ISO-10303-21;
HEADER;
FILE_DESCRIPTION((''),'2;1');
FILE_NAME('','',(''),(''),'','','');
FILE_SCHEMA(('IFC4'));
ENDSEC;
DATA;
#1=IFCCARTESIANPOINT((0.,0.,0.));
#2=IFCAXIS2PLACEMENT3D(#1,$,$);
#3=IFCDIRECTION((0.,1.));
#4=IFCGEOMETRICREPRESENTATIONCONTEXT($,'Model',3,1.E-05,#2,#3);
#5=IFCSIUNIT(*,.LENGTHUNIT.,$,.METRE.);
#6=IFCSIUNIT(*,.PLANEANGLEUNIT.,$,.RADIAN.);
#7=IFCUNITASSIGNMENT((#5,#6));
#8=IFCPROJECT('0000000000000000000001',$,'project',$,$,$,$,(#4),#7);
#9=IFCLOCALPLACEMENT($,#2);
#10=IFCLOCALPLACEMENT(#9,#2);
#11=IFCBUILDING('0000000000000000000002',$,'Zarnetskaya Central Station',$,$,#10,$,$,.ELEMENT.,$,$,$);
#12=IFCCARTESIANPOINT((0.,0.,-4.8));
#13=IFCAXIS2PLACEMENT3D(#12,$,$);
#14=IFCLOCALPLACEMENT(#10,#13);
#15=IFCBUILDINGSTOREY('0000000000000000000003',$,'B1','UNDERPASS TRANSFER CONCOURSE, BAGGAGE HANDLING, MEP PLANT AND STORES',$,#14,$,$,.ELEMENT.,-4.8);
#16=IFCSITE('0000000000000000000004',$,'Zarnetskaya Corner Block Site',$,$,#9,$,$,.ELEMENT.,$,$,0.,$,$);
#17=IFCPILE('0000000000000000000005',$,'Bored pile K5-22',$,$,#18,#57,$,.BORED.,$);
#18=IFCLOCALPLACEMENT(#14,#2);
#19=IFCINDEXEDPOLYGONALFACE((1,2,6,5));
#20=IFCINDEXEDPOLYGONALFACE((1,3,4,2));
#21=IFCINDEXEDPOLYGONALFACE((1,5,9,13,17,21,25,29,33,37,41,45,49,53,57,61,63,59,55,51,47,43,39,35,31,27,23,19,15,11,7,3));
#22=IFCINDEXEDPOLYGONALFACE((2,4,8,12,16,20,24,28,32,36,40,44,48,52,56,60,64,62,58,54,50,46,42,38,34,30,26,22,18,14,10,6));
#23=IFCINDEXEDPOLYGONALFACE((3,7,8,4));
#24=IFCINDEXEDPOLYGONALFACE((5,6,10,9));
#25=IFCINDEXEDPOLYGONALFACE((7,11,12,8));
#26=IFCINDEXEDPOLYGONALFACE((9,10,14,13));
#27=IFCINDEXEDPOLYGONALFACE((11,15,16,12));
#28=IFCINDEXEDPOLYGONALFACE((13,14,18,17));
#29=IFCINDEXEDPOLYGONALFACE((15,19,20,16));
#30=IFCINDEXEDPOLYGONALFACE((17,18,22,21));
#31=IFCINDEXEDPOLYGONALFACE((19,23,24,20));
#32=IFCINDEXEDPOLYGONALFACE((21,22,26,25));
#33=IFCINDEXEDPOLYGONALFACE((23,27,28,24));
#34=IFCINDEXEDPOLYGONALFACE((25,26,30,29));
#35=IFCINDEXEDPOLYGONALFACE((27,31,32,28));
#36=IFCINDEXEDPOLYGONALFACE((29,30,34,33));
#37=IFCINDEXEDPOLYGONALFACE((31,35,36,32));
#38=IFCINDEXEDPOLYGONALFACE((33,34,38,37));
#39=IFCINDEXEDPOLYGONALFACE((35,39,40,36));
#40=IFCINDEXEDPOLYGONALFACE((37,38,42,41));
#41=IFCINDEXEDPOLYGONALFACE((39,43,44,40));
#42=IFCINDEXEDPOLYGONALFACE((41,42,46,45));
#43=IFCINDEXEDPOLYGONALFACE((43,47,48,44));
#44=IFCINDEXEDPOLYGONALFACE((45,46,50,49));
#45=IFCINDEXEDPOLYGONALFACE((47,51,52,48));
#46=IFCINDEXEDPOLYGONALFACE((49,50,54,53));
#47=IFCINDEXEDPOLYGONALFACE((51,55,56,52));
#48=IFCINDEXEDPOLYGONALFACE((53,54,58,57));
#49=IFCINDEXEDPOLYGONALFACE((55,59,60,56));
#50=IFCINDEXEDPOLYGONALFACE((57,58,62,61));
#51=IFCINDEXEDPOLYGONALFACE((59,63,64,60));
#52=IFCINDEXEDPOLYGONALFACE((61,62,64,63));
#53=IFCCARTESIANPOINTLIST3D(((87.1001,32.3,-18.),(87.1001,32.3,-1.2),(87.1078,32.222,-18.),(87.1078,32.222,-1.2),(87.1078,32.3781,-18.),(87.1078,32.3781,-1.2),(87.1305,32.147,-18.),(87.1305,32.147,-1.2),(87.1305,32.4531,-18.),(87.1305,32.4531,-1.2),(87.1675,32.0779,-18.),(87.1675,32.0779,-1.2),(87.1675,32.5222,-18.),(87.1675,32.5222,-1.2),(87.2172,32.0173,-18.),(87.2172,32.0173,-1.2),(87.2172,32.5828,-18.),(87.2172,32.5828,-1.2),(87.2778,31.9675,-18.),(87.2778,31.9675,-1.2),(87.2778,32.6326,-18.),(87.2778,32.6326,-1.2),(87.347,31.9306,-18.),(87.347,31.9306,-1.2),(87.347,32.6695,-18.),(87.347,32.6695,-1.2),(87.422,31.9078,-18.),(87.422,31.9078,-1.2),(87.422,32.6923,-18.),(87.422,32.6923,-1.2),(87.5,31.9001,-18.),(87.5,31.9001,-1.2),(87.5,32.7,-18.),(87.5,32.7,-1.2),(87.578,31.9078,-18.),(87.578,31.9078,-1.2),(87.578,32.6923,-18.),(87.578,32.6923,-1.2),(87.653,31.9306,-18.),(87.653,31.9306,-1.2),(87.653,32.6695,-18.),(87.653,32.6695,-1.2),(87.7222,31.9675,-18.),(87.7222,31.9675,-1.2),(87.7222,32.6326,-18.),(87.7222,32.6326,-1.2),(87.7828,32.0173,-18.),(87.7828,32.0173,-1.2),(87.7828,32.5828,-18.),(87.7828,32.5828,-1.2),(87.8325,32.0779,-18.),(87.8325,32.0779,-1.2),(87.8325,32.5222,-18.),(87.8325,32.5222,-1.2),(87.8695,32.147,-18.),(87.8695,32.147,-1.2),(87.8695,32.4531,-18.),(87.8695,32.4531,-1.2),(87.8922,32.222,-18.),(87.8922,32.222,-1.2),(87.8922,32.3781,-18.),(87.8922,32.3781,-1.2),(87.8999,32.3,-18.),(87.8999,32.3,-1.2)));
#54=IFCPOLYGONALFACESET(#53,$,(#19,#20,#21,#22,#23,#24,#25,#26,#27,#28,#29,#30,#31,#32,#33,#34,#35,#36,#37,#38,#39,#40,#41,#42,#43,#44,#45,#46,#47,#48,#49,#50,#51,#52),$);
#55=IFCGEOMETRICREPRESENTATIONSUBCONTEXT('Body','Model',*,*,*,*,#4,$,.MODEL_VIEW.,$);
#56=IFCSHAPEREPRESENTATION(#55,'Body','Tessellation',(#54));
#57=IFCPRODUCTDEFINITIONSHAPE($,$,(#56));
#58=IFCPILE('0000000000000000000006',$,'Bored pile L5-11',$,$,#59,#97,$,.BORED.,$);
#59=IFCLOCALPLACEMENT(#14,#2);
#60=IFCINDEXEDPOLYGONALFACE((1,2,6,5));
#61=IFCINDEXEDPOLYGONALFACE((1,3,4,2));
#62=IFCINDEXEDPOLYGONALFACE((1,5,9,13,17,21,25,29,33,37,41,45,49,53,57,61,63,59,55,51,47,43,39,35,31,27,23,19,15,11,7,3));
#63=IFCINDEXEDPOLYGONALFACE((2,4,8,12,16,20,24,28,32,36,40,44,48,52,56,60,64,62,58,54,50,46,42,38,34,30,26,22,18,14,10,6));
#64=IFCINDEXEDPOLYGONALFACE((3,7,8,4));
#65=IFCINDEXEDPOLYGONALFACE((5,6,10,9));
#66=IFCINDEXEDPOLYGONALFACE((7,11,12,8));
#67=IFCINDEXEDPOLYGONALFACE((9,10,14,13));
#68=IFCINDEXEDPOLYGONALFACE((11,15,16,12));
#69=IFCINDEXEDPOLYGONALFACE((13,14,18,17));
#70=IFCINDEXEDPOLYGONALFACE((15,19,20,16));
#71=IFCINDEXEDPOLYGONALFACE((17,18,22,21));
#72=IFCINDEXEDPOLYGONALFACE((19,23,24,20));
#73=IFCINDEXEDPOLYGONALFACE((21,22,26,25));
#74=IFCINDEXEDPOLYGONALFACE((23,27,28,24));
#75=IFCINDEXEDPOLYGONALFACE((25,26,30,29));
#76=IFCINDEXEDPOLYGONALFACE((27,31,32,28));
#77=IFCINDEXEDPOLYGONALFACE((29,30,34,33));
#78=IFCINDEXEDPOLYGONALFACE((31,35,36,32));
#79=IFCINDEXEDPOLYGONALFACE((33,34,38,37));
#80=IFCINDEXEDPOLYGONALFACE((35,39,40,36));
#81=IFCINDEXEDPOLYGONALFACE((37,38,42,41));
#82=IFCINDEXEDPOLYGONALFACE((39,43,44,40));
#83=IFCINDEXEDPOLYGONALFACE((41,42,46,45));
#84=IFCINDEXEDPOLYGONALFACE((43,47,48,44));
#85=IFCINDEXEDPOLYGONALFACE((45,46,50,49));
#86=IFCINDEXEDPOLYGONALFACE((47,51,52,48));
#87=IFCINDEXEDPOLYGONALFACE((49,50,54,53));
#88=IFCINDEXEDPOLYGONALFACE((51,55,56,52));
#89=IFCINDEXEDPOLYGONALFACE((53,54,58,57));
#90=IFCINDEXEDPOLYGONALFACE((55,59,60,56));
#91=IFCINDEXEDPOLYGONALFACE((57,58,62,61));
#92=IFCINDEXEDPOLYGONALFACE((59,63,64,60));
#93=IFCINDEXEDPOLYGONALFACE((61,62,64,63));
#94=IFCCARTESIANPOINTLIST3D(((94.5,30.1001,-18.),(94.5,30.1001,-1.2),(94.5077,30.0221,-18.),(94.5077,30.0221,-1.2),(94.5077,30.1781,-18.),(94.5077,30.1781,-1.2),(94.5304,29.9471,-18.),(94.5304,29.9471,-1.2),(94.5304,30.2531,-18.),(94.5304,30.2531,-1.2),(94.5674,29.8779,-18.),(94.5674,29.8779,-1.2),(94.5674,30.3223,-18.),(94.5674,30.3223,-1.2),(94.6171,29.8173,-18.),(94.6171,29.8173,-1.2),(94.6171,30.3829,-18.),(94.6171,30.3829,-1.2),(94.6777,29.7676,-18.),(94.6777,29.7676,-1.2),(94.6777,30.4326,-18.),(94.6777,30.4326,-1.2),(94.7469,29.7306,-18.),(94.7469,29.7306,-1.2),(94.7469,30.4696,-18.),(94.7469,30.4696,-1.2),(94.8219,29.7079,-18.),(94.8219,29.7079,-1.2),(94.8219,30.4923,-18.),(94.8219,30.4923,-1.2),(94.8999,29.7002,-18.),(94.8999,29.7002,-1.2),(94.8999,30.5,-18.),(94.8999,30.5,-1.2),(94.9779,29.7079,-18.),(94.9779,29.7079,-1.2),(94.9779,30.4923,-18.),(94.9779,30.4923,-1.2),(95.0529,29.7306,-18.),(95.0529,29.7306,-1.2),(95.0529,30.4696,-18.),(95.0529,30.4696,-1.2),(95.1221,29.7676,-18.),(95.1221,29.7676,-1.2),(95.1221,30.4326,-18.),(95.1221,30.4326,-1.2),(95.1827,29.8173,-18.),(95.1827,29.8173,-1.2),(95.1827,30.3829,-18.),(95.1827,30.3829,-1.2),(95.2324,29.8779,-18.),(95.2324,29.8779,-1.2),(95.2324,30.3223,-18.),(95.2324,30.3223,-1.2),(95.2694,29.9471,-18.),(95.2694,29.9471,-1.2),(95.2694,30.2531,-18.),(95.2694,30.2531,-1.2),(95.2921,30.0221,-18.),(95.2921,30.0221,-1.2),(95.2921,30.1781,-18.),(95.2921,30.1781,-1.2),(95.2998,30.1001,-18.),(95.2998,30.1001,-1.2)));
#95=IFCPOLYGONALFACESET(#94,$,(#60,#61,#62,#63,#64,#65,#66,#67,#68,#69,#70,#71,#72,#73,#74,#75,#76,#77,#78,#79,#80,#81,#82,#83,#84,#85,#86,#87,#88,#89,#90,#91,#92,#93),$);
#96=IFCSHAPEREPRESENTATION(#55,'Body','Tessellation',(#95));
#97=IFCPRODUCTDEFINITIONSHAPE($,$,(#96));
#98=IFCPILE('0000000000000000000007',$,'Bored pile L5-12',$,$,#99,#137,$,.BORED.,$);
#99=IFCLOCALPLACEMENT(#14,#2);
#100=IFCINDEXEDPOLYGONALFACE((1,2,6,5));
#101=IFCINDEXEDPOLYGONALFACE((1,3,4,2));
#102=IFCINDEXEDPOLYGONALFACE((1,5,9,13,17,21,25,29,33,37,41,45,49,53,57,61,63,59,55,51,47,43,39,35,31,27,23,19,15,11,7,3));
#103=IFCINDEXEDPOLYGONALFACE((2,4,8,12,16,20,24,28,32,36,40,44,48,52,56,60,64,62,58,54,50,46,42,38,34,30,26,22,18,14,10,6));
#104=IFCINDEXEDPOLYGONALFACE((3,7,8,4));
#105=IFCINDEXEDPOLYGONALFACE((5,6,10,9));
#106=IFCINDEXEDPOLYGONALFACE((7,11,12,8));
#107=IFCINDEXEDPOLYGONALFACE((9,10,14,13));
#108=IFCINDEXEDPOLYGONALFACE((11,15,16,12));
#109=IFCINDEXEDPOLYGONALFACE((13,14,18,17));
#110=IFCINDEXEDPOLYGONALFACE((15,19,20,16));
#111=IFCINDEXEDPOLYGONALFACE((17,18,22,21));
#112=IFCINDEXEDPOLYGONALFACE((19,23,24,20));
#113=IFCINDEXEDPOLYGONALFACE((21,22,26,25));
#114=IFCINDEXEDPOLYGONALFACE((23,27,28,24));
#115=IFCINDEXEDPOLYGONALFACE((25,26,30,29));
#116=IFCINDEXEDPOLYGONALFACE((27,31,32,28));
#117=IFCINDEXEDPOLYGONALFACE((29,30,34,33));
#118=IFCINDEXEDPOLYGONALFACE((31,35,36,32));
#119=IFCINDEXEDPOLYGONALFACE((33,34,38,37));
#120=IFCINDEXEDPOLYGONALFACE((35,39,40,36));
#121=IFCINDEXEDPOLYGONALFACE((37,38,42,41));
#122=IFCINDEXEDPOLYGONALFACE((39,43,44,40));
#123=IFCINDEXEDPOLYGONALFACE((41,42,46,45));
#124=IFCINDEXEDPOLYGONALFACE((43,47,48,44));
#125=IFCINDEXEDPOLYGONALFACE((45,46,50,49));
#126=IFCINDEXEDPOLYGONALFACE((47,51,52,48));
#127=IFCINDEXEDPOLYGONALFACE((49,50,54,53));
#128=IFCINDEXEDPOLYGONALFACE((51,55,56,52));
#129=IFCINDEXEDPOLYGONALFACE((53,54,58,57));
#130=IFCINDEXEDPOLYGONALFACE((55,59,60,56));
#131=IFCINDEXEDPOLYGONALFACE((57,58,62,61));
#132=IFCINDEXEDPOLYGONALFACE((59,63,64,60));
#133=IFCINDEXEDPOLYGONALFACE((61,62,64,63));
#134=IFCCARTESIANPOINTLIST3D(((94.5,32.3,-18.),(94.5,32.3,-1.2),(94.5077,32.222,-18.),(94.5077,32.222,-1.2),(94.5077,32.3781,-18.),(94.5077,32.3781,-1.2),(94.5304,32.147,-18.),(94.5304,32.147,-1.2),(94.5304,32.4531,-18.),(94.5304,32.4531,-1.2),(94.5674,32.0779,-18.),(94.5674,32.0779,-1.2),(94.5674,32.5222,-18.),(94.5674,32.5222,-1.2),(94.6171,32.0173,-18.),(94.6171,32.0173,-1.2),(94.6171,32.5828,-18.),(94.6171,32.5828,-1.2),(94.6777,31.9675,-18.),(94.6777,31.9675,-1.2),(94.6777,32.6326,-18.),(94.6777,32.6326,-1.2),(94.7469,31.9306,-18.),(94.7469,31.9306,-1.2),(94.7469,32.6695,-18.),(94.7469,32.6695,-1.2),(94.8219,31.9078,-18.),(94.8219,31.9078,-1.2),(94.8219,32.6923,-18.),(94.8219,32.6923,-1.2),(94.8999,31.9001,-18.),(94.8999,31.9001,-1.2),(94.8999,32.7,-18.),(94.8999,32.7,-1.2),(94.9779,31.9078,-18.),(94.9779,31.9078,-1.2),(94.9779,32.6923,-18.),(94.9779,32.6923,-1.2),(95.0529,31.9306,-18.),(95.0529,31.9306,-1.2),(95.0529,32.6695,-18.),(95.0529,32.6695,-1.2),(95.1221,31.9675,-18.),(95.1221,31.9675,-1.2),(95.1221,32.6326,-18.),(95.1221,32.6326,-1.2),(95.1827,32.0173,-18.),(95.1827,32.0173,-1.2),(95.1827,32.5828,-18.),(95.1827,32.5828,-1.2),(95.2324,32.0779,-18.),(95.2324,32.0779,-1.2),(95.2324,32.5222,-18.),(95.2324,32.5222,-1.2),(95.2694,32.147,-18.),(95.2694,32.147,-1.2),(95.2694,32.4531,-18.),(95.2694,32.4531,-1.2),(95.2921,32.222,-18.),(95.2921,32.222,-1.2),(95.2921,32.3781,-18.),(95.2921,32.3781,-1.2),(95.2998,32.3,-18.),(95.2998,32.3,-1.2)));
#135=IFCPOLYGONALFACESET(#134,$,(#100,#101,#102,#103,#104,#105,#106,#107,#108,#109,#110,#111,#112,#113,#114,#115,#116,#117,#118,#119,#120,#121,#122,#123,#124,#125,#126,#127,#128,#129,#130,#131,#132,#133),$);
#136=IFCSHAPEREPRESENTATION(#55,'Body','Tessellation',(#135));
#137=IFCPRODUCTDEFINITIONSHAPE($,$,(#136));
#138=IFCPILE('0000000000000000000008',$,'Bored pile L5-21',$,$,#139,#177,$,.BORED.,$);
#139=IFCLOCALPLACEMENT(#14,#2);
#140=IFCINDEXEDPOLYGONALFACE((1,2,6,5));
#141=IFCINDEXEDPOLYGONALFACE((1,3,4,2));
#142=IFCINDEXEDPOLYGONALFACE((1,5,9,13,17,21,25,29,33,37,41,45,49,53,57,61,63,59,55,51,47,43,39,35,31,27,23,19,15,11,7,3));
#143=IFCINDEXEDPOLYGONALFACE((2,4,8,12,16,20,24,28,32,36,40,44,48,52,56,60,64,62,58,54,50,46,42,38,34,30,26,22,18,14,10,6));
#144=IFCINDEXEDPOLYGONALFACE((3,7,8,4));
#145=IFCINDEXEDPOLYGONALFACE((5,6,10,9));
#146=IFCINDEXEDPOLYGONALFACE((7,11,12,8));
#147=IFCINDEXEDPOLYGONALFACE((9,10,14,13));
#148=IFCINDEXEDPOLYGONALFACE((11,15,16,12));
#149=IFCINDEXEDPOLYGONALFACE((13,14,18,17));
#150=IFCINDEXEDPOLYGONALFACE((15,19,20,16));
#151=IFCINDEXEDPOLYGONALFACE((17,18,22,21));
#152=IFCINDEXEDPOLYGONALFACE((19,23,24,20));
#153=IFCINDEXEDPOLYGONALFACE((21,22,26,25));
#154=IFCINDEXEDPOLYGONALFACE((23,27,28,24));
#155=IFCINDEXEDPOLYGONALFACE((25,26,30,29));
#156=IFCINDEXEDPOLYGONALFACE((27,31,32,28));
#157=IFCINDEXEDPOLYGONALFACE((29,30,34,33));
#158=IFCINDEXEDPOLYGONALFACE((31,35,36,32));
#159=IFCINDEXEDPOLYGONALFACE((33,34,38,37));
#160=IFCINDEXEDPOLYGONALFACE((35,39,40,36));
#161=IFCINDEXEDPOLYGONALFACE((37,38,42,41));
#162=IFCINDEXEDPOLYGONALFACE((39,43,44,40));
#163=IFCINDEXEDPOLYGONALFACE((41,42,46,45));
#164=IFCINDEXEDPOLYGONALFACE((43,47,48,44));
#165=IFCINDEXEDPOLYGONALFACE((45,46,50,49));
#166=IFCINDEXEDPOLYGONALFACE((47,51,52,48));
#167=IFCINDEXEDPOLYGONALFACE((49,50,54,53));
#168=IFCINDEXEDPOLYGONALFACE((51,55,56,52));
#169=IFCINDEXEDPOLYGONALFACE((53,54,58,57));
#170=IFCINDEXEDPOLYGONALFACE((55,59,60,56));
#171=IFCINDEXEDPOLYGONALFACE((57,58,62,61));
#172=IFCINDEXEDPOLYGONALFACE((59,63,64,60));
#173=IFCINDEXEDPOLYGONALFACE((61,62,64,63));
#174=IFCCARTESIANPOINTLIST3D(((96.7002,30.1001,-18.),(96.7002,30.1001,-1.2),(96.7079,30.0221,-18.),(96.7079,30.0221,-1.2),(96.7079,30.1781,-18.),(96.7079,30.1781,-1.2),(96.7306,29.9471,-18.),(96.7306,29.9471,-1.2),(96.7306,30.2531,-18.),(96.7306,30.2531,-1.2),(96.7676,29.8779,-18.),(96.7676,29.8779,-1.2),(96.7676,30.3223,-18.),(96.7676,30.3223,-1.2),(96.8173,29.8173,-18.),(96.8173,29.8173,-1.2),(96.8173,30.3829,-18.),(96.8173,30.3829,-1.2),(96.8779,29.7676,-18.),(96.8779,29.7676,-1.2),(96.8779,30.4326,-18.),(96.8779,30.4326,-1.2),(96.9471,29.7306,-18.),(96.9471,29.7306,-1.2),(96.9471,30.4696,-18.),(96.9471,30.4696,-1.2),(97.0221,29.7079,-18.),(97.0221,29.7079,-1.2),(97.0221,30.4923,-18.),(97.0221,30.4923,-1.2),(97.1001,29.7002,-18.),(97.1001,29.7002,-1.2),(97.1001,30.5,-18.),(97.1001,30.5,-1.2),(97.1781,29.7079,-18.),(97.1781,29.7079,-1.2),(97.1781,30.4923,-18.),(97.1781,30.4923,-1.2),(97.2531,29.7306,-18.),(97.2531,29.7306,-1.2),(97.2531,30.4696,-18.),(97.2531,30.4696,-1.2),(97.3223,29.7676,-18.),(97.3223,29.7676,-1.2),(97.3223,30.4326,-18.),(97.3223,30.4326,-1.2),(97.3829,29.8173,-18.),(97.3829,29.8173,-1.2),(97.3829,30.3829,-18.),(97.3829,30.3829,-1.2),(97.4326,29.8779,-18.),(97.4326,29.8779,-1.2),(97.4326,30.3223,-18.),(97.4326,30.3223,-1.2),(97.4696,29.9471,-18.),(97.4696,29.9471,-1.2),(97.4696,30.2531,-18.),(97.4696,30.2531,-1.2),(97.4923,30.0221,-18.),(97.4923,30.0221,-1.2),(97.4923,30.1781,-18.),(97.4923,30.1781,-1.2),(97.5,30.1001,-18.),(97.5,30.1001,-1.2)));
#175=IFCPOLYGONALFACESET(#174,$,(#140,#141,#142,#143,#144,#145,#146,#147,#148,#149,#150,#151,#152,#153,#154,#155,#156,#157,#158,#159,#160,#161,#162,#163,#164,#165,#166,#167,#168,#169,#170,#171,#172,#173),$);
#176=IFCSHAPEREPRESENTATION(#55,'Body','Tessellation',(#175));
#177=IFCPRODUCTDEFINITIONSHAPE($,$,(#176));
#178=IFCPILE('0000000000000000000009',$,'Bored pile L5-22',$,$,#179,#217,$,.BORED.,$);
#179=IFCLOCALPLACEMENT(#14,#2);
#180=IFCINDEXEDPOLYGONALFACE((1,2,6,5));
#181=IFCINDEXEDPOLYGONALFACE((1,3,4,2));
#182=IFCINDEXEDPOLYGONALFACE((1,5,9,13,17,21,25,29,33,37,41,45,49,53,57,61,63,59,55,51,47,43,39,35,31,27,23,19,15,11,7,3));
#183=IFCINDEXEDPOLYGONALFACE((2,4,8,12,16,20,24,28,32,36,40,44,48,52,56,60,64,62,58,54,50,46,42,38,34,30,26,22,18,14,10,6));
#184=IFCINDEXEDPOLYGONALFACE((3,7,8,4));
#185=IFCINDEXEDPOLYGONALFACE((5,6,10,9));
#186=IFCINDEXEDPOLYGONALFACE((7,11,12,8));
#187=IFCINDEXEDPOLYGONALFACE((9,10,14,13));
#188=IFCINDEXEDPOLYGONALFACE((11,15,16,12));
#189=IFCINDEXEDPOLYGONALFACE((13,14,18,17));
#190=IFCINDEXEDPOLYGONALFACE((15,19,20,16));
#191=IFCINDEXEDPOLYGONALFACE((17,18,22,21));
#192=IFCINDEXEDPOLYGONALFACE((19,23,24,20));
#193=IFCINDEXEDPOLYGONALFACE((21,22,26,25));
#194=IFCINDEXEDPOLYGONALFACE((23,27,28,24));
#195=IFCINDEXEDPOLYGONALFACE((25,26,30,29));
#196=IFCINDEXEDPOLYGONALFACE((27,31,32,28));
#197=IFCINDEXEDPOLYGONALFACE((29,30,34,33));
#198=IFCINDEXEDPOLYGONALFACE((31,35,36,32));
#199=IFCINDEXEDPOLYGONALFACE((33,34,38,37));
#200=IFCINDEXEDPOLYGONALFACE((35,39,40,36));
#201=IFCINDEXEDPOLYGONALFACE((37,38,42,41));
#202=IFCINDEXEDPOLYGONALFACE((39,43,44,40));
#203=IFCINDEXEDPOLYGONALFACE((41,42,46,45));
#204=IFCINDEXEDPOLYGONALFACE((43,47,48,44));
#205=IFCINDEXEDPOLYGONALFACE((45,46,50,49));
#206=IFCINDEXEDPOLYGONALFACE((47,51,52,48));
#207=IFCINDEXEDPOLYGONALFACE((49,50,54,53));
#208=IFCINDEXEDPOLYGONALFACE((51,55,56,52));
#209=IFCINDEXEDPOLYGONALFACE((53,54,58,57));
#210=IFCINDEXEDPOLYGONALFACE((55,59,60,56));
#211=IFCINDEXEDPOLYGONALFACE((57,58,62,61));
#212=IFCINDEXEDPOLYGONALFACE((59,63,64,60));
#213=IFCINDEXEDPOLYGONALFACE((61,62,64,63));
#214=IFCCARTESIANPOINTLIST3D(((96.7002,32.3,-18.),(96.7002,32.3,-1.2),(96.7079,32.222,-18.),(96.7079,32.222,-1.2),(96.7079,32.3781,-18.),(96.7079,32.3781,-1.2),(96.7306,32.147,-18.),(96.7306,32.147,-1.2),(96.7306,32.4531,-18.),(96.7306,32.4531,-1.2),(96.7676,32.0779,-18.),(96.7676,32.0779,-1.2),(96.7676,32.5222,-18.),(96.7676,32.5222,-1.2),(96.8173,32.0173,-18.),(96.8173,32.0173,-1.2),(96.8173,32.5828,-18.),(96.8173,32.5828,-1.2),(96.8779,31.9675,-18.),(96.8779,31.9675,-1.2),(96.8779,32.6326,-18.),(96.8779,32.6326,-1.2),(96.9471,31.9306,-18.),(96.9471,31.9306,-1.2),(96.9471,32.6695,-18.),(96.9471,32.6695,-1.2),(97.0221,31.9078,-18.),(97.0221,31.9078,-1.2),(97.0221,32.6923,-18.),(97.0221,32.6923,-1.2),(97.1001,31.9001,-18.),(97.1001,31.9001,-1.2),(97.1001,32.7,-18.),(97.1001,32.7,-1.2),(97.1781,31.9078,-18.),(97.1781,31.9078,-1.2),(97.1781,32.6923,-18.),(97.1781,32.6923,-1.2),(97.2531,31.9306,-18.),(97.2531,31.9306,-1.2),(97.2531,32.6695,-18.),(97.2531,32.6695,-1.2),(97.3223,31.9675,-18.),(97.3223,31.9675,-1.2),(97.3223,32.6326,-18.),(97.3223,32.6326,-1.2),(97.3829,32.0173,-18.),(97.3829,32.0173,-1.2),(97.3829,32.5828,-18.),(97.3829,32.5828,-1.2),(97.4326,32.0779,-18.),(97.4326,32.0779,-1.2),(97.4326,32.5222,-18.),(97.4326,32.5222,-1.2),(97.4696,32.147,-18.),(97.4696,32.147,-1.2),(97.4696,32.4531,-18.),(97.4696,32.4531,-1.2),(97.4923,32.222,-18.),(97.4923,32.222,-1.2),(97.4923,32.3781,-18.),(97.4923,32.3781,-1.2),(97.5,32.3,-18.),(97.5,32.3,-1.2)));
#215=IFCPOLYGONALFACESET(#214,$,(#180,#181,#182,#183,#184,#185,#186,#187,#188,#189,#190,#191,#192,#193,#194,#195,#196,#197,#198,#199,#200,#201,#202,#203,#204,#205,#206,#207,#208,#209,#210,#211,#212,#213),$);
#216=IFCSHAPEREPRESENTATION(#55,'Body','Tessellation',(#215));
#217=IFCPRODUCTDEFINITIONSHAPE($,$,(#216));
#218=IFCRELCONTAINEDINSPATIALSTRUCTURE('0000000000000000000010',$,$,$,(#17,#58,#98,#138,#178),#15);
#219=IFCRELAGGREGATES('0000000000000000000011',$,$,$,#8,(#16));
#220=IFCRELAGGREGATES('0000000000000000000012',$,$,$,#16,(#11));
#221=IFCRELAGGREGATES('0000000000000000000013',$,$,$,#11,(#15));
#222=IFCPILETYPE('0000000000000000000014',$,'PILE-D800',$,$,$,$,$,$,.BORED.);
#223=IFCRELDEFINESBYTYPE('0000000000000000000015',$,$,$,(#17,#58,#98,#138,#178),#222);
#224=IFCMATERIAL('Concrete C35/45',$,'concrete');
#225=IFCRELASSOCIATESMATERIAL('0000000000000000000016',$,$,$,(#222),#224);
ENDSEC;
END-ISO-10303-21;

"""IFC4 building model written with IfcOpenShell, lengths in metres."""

from ifc_helpers import new_model, si_unit, direction, frame, origin, origin_2d, place, context, subcontext, project, spatial, circle, extrude, material, material_profile, profile_set, type_object, element, save


model = new_model("IFC4")

# Units and contexts
model_context = context("Model", 3, precision=1e-05, world=origin(), true_north=direction((0.0, 1.0)))
body_context = subcontext(model_context, "Body", "Model", "MODEL_VIEW")
ifc_project = project(units=[si_unit("LENGTHUNIT", "METRE"), si_unit("PLANEANGLEUNIT", "RADIAN")], contexts=[model_context])

# Site, building, storey
site_placement = place(None, origin())
site = spatial("IfcSite", under=ifc_project, at=site_placement, Name="Zarnetskaya Corner Block Site", CompositionType="ELEMENT", RefElevation=0.0)
building_placement = place(site_placement, origin())
building = spatial("IfcBuilding", under=site, at=building_placement, Name="Zarnetskaya Central Station", CompositionType="ELEMENT")
storey_placement = place(building_placement, frame((0.0, 0.0, -4.8)))
storey = spatial("IfcBuildingStorey", under=building, at=storey_placement, Name="B1", Description="UNDERPASS TRANSFER CONCOURSE, BAGGAGE HANDLING, MEP PLANT AND STORES", CompositionType="ELEMENT", Elevation=-4.8)

# Shared definitions
ifc_material = material(Name="Concrete C35/45", Category="concrete")

# Piles
ifc_material_profile_1 = material_profile(ifc_material, circle(Radius=0.3999, at=origin_2d()), Name="BORED PILE D800")
ifc_profile_set_1 = profile_set([ifc_material_profile_1], Name="Concrete C35/45")
pile_type_1 = type_object("IfcPileType", Name="PILE-D800", PredefinedType="BORED", material=ifc_profile_set_1)
for number, where, z_axis, x_axis, name in (
    (1, (87.5, 32.3, -1.2), (0.0, 0.0, -1.0), (1.0, 0.0, 0.0), "Bored pile K5-22"),
    (2, (94.8999, 30.1001, -1.2), (0.0, 0.0, -1.0), (1.0, 0.0, 0.0), "Bored pile L5-11"),
    (3, (94.8999, 32.3, -1.2), (0.0, 0.0, -1.0), (1.0, 0.0, 0.0), "Bored pile L5-12"),
    (4, (97.1001, 30.1001, -1.2), (0.0, 0.0, -1.0), (1.0, 0.0, 0.0), "Bored pile L5-21"),
    (5, (97.1001, 32.3, -1.2), (0.0, 0.0, -1.0), (1.0, 0.0, 0.0), "Bored pile L5-22"),
):
    element("IfcPile", number, at=place(storey_placement, frame(where, z_axis=z_axis, x_axis=x_axis)), inside=storey, type_object=pile_type_1, Name=name, PredefinedType="BORED", context=body_context, shape_type="SweptSolid", body=[
        extrude(circle(Radius=0.3999, at=origin_2d()), origin(), (0.0, 0.0, 1.0), 16.8),
    ])

save(model, "model.ifc")
